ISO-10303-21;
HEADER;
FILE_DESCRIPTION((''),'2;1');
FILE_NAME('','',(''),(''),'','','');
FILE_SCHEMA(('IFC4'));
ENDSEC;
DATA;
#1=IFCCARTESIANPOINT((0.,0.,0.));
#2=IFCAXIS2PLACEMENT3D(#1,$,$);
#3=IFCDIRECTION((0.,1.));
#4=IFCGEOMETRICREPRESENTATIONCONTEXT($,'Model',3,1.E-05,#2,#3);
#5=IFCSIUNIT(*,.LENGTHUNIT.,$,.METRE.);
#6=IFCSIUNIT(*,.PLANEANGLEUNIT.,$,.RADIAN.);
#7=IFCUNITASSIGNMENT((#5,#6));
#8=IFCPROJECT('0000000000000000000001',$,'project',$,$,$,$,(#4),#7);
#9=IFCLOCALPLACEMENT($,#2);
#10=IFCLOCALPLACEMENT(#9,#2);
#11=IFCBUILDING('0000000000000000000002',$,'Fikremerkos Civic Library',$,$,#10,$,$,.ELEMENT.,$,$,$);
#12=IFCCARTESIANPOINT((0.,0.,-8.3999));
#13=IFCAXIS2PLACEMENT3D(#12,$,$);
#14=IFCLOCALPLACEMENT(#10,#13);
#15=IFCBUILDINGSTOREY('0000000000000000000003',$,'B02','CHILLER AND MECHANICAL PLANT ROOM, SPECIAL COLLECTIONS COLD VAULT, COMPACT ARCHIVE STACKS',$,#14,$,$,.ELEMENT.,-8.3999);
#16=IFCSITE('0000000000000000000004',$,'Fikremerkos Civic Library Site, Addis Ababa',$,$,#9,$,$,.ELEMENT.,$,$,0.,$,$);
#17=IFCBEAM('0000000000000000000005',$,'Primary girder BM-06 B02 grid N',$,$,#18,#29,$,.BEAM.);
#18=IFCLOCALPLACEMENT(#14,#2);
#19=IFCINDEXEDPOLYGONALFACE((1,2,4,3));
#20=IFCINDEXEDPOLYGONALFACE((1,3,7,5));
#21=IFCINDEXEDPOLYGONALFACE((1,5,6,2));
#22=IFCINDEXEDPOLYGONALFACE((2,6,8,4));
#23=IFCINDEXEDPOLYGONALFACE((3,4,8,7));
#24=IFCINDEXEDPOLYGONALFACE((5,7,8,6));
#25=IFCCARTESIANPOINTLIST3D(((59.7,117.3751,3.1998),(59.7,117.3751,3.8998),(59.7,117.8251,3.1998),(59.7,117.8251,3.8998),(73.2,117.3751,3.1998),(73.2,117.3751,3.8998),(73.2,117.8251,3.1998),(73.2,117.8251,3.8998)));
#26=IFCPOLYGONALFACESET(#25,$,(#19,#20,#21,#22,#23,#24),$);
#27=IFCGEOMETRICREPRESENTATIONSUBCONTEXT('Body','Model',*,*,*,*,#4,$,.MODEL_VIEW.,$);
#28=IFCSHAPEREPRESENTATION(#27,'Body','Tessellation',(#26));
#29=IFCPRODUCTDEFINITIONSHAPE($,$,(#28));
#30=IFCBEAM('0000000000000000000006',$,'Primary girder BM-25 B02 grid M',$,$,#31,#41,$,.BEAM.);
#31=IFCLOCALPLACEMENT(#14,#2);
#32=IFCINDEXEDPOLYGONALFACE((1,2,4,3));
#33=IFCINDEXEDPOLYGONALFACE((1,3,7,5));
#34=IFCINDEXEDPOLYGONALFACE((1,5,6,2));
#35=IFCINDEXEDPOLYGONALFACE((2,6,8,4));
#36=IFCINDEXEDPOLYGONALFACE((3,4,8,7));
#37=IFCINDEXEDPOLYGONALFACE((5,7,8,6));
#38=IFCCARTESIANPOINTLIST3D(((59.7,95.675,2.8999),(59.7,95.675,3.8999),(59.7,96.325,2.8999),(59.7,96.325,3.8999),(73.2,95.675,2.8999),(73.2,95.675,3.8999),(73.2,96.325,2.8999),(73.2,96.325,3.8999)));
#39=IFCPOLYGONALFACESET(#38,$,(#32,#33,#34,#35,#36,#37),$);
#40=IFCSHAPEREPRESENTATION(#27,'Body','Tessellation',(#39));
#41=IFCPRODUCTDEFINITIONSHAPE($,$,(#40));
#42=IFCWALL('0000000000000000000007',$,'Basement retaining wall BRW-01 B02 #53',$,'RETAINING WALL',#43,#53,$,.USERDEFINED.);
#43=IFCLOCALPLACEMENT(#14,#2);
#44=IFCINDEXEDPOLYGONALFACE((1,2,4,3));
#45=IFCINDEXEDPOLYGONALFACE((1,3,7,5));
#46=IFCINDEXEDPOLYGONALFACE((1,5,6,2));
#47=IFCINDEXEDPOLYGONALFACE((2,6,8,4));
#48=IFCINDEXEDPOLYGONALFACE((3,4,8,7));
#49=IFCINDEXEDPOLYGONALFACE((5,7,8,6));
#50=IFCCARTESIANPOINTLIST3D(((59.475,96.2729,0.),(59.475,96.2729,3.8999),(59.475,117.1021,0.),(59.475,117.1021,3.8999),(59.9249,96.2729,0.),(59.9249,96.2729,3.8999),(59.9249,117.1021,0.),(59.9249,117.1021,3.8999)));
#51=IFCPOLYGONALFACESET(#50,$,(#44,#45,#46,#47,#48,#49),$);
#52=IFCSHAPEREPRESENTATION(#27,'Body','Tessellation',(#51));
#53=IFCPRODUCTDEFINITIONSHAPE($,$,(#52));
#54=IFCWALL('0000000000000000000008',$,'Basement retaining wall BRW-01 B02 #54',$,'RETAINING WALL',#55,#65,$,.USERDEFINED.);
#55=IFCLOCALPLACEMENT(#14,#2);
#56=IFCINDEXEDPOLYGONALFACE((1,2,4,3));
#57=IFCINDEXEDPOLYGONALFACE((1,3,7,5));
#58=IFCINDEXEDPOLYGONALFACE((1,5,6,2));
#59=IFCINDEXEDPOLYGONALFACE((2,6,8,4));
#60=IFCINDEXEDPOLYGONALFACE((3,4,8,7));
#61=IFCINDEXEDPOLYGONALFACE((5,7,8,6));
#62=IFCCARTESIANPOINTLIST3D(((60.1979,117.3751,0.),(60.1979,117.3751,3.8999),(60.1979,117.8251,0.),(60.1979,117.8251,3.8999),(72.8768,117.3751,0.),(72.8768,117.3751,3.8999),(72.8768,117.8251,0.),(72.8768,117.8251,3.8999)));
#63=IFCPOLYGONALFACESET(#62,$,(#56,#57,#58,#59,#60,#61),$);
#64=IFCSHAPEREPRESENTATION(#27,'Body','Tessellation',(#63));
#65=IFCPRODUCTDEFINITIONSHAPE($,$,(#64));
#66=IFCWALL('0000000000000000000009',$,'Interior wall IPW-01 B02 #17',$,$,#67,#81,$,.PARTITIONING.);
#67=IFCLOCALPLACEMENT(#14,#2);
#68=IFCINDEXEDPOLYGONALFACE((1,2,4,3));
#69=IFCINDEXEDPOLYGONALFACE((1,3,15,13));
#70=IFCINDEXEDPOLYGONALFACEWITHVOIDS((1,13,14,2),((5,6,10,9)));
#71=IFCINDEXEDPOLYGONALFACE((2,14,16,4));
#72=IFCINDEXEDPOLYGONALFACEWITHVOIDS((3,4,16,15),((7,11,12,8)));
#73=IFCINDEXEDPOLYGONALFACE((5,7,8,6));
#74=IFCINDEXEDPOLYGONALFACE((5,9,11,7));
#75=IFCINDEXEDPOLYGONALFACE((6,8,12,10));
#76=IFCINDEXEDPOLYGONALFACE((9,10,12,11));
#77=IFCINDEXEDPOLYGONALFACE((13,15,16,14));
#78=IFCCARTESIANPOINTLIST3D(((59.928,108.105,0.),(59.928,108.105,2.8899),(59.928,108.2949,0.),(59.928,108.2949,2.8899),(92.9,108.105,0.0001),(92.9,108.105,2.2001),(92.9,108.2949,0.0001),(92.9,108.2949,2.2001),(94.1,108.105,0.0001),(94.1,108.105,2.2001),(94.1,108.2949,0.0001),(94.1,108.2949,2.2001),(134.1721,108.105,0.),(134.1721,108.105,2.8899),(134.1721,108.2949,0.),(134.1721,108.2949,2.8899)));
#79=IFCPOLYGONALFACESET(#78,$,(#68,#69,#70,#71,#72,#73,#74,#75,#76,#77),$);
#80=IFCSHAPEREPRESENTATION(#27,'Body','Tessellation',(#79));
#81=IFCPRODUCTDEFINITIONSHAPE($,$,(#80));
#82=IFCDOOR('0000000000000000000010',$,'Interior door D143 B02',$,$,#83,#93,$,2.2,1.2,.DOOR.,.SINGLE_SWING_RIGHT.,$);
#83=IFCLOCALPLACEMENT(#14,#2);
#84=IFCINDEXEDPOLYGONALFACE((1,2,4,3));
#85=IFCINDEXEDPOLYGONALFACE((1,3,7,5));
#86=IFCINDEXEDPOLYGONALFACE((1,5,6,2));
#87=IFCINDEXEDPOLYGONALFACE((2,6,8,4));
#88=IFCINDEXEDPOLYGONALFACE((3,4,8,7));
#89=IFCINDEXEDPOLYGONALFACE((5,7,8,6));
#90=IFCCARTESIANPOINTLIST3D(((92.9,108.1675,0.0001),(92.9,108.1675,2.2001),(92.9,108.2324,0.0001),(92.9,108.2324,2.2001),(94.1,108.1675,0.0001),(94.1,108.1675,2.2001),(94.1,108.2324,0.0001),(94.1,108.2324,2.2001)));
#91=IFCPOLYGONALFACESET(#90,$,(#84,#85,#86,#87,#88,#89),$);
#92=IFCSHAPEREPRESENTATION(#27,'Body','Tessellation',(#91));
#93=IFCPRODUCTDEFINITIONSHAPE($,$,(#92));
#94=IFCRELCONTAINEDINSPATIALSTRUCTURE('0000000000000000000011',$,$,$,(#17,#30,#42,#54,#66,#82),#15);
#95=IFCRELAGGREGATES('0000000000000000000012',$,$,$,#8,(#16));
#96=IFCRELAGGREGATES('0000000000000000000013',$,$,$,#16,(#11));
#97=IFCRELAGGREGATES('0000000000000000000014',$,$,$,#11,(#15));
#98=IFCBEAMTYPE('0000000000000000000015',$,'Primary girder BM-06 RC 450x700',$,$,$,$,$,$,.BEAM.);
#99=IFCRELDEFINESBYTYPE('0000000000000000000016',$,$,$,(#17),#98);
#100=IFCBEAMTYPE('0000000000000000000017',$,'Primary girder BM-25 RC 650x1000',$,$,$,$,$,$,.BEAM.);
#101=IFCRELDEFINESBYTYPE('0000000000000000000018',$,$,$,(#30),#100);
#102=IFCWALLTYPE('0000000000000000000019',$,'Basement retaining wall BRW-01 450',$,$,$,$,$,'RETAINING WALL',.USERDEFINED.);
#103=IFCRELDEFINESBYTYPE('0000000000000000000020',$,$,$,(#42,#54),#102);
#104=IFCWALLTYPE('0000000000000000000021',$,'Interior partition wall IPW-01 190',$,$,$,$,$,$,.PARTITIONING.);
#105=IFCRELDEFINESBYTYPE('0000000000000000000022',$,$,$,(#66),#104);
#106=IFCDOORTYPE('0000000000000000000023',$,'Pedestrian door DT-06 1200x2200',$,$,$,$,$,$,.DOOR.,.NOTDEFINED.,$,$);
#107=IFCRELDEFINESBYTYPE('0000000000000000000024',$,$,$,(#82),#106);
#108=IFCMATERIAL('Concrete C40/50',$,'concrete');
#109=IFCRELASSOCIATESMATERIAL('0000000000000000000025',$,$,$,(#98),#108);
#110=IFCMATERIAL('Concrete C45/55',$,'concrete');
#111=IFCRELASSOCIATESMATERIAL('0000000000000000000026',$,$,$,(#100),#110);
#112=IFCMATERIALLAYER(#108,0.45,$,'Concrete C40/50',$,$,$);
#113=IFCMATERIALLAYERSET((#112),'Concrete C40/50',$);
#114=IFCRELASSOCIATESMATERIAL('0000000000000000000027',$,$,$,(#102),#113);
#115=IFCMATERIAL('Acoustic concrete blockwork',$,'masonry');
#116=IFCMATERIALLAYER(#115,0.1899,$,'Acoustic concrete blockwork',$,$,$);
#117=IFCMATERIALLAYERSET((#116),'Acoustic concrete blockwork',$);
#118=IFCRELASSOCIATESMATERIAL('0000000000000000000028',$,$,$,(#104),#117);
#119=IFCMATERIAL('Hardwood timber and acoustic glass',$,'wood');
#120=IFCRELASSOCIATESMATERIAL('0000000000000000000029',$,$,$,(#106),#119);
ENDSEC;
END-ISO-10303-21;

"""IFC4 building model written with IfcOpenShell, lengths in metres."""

from ifc_helpers import new_model, si_unit, direction, frame, frame_2d, origin, origin_2d, place, context, subcontext, project, spatial, rectangle, extrude, material, layer, layer_set, material_profile, profile_set, type_object, element, fill, save


model = new_model("IFC4")

# Units and contexts
model_context = context("Model", 3, precision=1e-05, world=origin(), true_north=direction((0.0, 1.0)))
body_context = subcontext(model_context, "Body", "Model", "MODEL_VIEW")
ifc_project = project(units=[si_unit("LENGTHUNIT", "METRE"), si_unit("PLANEANGLEUNIT", "RADIAN")], contexts=[model_context])

# Site, building, storey
site_placement = place(None, origin())
site = spatial("IfcSite", under=ifc_project, at=site_placement, Name="Fikremerkos Civic Library Site, Addis Ababa", CompositionType="ELEMENT", RefElevation=0.0)
building_placement = place(site_placement, origin())
building = spatial("IfcBuilding", under=site, at=building_placement, Name="Fikremerkos Civic Library", CompositionType="ELEMENT")
storey_placement = place(building_placement, frame((0.0, 0.0, -8.3999)))
storey = spatial("IfcBuildingStorey", under=building, at=storey_placement, Name="B02", Description="CHILLER AND MECHANICAL PLANT ROOM, SPECIAL COLLECTIONS COLD VAULT, COMPACT ARCHIVE STACKS", CompositionType="ELEMENT", Elevation=-8.3999)

# Shared definitions
ifc_material_1 = material(Name="Concrete C40/50", Category="concrete")

# Shared definitions
ifc_material_2 = material(Name="Concrete C45/55", Category="concrete")

# Beams
ifc_material_profile_1 = material_profile(ifc_material_1, rectangle(XDim=0.45, YDim=0.7, at=origin_2d()), Name="RC 450x700")
ifc_profile_set_1 = profile_set([ifc_material_profile_1], Name="Concrete C40/50")
beam_type_1 = type_object("IfcBeamType", Name="Primary girder BM-06 RC 450x700", PredefinedType="BEAM", material=ifc_profile_set_1)
beam_1_placement = place(storey_placement, frame((59.7, 117.6001, 3.5498), z_axis=(1.0, 0.0, 0.0), x_axis=(0.0, 1.0, 0.0)))
element("IfcBeam", 1, at=beam_1_placement, inside=storey, type_object=beam_type_1, Name="Primary girder BM-06 B02 grid N", PredefinedType="BEAM", context=body_context, shape_type="SweptSolid", body=[
    extrude(rectangle(XDim=0.45, YDim=0.7, at=origin_2d()), origin(), (0.0, 0.0, 1.0), 13.5),
])
ifc_material_profile_2 = material_profile(ifc_material_2, rectangle(XDim=0.6499, YDim=1.0, at=origin_2d()), Name="RC 650x1000")
ifc_profile_set_2 = profile_set([ifc_material_profile_2], Name="Concrete C45/55")
beam_type_2 = type_object("IfcBeamType", Name="Primary girder BM-25 RC 650x1000", PredefinedType="BEAM", material=ifc_profile_set_2)
beam_2_placement = place(storey_placement, frame((59.7, 96.0, 3.3999), z_axis=(1.0, 0.0, 0.0), x_axis=(0.0, 1.0, 0.0)))
element("IfcBeam", 2, at=beam_2_placement, inside=storey, type_object=beam_type_2, Name="Primary girder BM-25 B02 grid M", PredefinedType="BEAM", context=body_context, shape_type="SweptSolid", body=[
    extrude(rectangle(XDim=0.6499, YDim=1.0, at=origin_2d()), origin(), (0.0, 0.0, 1.0), 13.5),
])

# Walls
ifc_layer_1 = layer(ifc_material_1, 0.45, Name="Concrete C40/50")
ifc_layer_set_1 = layer_set([ifc_layer_1], Name="Concrete C40/50")
wall_type_1 = type_object("IfcWallType", Name="Basement retaining wall BRW-01 450", ElementType="RETAINING WALL", PredefinedType="USERDEFINED", material=ifc_layer_set_1)
wall_1_placement = place(storey_placement, frame((59.7, 96.2729, 0.0), z_axis=(0.0, 0.0, 1.0), x_axis=(0.0, 1.0, 0.0)))
element("IfcWall", 3, at=wall_1_placement, inside=storey, type_object=wall_type_1, Name="Basement retaining wall BRW-01 B02 #53", ObjectType="RETAINING WALL", PredefinedType="USERDEFINED", context=body_context, shape_type="SweptSolid", body=[
    extrude(rectangle(XDim=20.8291, YDim=0.45, at=frame_2d((10.4146, 0.0))), origin(), (0.0, 0.0, 1.0), 3.8999),
])
wall_2_placement = place(storey_placement, frame((60.198, 117.6001, 0.0), z_axis=(0.0, 0.0, 1.0), x_axis=(1.0, 0.0, 0.0)))
element("IfcWall", 4, at=wall_2_placement, inside=storey, type_object=wall_type_1, Name="Basement retaining wall BRW-01 B02 #54", ObjectType="RETAINING WALL", PredefinedType="USERDEFINED", context=body_context, shape_type="SweptSolid", body=[
    extrude(rectangle(XDim=12.679, YDim=0.45, at=frame_2d((6.3394, 0.0))), origin(), (0.0, 0.0, 1.0), 3.8999),
])

# Wall, opening, door
ifc_material_3 = material(Name="Acoustic concrete blockwork", Category="masonry")
ifc_layer_2 = layer(ifc_material_3, 0.1899, Name="Acoustic concrete blockwork")
ifc_layer_set_2 = layer_set([ifc_layer_2], Name="Acoustic concrete blockwork")
wall_type_2 = type_object("IfcWallType", Name="Interior partition wall IPW-01 190", PredefinedType="PARTITIONING", material=ifc_layer_set_2)
wall_3_placement = place(storey_placement, frame((59.928, 108.2, 0.0), z_axis=(0.0, 0.0, 1.0), x_axis=(1.0, 0.0, 0.0)))
wall_3 = element("IfcWall", 5, at=wall_3_placement, inside=storey, type_object=wall_type_2, Name="Interior wall IPW-01 B02 #17", PredefinedType="PARTITIONING", context=body_context, shape_type="SweptSolid", body=[
    extrude(rectangle(XDim=74.2441, YDim=0.1899, at=frame_2d((37.1221, 0.0))), origin(), (0.0, 0.0, 1.0), 2.8899),
])
opening_placement = place(wall_3_placement, frame((32.9719, 0.0, 0.0)))
opening = element("IfcOpeningElement", 6, at=opening_placement, cuts=wall_3, PredefinedType="OPENING", context=body_context, shape_type="SweptSolid", body=[
    extrude(rectangle(XDim=1.2, YDim=2.2, at=frame_2d((0.6001, 1.1001))), frame((0.0, 0.105, 0.0), z_axis=(0.0, -1.0, 0.0), x_axis=(1.0, 0.0, 0.0)), (0.0, 0.0, 1.0), 0.21),
])
ifc_material_4 = material(Name="Hardwood timber and acoustic glass", Category="wood")
door_type = type_object("IfcDoorType", Name="Pedestrian door DT-06 1200x2200", OperationType="NOTDEFINED", PredefinedType="DOOR", material=ifc_material_4)
door_placement = place(opening_placement, origin())
door = element("IfcDoor", 7, at=door_placement, inside=storey, type_object=door_type, Name="Interior door D143 B02", OperationType="SINGLE_SWING_RIGHT", OverallHeight=2.2, OverallWidth=1.2, PredefinedType="DOOR", context=body_context, shape_type="SweptSolid", body=[
    extrude(rectangle(XDim=1.2, YDim=2.2, at=frame_2d((0.6001, 1.1001))), frame((0.0, 0.0325, 0.0), z_axis=(0.0, -1.0, 0.0), x_axis=(1.0, 0.0, 0.0)), (0.0, 0.0, 1.0), 0.0649),
])
fill(opening, door)

save(model, "model.ifc")
